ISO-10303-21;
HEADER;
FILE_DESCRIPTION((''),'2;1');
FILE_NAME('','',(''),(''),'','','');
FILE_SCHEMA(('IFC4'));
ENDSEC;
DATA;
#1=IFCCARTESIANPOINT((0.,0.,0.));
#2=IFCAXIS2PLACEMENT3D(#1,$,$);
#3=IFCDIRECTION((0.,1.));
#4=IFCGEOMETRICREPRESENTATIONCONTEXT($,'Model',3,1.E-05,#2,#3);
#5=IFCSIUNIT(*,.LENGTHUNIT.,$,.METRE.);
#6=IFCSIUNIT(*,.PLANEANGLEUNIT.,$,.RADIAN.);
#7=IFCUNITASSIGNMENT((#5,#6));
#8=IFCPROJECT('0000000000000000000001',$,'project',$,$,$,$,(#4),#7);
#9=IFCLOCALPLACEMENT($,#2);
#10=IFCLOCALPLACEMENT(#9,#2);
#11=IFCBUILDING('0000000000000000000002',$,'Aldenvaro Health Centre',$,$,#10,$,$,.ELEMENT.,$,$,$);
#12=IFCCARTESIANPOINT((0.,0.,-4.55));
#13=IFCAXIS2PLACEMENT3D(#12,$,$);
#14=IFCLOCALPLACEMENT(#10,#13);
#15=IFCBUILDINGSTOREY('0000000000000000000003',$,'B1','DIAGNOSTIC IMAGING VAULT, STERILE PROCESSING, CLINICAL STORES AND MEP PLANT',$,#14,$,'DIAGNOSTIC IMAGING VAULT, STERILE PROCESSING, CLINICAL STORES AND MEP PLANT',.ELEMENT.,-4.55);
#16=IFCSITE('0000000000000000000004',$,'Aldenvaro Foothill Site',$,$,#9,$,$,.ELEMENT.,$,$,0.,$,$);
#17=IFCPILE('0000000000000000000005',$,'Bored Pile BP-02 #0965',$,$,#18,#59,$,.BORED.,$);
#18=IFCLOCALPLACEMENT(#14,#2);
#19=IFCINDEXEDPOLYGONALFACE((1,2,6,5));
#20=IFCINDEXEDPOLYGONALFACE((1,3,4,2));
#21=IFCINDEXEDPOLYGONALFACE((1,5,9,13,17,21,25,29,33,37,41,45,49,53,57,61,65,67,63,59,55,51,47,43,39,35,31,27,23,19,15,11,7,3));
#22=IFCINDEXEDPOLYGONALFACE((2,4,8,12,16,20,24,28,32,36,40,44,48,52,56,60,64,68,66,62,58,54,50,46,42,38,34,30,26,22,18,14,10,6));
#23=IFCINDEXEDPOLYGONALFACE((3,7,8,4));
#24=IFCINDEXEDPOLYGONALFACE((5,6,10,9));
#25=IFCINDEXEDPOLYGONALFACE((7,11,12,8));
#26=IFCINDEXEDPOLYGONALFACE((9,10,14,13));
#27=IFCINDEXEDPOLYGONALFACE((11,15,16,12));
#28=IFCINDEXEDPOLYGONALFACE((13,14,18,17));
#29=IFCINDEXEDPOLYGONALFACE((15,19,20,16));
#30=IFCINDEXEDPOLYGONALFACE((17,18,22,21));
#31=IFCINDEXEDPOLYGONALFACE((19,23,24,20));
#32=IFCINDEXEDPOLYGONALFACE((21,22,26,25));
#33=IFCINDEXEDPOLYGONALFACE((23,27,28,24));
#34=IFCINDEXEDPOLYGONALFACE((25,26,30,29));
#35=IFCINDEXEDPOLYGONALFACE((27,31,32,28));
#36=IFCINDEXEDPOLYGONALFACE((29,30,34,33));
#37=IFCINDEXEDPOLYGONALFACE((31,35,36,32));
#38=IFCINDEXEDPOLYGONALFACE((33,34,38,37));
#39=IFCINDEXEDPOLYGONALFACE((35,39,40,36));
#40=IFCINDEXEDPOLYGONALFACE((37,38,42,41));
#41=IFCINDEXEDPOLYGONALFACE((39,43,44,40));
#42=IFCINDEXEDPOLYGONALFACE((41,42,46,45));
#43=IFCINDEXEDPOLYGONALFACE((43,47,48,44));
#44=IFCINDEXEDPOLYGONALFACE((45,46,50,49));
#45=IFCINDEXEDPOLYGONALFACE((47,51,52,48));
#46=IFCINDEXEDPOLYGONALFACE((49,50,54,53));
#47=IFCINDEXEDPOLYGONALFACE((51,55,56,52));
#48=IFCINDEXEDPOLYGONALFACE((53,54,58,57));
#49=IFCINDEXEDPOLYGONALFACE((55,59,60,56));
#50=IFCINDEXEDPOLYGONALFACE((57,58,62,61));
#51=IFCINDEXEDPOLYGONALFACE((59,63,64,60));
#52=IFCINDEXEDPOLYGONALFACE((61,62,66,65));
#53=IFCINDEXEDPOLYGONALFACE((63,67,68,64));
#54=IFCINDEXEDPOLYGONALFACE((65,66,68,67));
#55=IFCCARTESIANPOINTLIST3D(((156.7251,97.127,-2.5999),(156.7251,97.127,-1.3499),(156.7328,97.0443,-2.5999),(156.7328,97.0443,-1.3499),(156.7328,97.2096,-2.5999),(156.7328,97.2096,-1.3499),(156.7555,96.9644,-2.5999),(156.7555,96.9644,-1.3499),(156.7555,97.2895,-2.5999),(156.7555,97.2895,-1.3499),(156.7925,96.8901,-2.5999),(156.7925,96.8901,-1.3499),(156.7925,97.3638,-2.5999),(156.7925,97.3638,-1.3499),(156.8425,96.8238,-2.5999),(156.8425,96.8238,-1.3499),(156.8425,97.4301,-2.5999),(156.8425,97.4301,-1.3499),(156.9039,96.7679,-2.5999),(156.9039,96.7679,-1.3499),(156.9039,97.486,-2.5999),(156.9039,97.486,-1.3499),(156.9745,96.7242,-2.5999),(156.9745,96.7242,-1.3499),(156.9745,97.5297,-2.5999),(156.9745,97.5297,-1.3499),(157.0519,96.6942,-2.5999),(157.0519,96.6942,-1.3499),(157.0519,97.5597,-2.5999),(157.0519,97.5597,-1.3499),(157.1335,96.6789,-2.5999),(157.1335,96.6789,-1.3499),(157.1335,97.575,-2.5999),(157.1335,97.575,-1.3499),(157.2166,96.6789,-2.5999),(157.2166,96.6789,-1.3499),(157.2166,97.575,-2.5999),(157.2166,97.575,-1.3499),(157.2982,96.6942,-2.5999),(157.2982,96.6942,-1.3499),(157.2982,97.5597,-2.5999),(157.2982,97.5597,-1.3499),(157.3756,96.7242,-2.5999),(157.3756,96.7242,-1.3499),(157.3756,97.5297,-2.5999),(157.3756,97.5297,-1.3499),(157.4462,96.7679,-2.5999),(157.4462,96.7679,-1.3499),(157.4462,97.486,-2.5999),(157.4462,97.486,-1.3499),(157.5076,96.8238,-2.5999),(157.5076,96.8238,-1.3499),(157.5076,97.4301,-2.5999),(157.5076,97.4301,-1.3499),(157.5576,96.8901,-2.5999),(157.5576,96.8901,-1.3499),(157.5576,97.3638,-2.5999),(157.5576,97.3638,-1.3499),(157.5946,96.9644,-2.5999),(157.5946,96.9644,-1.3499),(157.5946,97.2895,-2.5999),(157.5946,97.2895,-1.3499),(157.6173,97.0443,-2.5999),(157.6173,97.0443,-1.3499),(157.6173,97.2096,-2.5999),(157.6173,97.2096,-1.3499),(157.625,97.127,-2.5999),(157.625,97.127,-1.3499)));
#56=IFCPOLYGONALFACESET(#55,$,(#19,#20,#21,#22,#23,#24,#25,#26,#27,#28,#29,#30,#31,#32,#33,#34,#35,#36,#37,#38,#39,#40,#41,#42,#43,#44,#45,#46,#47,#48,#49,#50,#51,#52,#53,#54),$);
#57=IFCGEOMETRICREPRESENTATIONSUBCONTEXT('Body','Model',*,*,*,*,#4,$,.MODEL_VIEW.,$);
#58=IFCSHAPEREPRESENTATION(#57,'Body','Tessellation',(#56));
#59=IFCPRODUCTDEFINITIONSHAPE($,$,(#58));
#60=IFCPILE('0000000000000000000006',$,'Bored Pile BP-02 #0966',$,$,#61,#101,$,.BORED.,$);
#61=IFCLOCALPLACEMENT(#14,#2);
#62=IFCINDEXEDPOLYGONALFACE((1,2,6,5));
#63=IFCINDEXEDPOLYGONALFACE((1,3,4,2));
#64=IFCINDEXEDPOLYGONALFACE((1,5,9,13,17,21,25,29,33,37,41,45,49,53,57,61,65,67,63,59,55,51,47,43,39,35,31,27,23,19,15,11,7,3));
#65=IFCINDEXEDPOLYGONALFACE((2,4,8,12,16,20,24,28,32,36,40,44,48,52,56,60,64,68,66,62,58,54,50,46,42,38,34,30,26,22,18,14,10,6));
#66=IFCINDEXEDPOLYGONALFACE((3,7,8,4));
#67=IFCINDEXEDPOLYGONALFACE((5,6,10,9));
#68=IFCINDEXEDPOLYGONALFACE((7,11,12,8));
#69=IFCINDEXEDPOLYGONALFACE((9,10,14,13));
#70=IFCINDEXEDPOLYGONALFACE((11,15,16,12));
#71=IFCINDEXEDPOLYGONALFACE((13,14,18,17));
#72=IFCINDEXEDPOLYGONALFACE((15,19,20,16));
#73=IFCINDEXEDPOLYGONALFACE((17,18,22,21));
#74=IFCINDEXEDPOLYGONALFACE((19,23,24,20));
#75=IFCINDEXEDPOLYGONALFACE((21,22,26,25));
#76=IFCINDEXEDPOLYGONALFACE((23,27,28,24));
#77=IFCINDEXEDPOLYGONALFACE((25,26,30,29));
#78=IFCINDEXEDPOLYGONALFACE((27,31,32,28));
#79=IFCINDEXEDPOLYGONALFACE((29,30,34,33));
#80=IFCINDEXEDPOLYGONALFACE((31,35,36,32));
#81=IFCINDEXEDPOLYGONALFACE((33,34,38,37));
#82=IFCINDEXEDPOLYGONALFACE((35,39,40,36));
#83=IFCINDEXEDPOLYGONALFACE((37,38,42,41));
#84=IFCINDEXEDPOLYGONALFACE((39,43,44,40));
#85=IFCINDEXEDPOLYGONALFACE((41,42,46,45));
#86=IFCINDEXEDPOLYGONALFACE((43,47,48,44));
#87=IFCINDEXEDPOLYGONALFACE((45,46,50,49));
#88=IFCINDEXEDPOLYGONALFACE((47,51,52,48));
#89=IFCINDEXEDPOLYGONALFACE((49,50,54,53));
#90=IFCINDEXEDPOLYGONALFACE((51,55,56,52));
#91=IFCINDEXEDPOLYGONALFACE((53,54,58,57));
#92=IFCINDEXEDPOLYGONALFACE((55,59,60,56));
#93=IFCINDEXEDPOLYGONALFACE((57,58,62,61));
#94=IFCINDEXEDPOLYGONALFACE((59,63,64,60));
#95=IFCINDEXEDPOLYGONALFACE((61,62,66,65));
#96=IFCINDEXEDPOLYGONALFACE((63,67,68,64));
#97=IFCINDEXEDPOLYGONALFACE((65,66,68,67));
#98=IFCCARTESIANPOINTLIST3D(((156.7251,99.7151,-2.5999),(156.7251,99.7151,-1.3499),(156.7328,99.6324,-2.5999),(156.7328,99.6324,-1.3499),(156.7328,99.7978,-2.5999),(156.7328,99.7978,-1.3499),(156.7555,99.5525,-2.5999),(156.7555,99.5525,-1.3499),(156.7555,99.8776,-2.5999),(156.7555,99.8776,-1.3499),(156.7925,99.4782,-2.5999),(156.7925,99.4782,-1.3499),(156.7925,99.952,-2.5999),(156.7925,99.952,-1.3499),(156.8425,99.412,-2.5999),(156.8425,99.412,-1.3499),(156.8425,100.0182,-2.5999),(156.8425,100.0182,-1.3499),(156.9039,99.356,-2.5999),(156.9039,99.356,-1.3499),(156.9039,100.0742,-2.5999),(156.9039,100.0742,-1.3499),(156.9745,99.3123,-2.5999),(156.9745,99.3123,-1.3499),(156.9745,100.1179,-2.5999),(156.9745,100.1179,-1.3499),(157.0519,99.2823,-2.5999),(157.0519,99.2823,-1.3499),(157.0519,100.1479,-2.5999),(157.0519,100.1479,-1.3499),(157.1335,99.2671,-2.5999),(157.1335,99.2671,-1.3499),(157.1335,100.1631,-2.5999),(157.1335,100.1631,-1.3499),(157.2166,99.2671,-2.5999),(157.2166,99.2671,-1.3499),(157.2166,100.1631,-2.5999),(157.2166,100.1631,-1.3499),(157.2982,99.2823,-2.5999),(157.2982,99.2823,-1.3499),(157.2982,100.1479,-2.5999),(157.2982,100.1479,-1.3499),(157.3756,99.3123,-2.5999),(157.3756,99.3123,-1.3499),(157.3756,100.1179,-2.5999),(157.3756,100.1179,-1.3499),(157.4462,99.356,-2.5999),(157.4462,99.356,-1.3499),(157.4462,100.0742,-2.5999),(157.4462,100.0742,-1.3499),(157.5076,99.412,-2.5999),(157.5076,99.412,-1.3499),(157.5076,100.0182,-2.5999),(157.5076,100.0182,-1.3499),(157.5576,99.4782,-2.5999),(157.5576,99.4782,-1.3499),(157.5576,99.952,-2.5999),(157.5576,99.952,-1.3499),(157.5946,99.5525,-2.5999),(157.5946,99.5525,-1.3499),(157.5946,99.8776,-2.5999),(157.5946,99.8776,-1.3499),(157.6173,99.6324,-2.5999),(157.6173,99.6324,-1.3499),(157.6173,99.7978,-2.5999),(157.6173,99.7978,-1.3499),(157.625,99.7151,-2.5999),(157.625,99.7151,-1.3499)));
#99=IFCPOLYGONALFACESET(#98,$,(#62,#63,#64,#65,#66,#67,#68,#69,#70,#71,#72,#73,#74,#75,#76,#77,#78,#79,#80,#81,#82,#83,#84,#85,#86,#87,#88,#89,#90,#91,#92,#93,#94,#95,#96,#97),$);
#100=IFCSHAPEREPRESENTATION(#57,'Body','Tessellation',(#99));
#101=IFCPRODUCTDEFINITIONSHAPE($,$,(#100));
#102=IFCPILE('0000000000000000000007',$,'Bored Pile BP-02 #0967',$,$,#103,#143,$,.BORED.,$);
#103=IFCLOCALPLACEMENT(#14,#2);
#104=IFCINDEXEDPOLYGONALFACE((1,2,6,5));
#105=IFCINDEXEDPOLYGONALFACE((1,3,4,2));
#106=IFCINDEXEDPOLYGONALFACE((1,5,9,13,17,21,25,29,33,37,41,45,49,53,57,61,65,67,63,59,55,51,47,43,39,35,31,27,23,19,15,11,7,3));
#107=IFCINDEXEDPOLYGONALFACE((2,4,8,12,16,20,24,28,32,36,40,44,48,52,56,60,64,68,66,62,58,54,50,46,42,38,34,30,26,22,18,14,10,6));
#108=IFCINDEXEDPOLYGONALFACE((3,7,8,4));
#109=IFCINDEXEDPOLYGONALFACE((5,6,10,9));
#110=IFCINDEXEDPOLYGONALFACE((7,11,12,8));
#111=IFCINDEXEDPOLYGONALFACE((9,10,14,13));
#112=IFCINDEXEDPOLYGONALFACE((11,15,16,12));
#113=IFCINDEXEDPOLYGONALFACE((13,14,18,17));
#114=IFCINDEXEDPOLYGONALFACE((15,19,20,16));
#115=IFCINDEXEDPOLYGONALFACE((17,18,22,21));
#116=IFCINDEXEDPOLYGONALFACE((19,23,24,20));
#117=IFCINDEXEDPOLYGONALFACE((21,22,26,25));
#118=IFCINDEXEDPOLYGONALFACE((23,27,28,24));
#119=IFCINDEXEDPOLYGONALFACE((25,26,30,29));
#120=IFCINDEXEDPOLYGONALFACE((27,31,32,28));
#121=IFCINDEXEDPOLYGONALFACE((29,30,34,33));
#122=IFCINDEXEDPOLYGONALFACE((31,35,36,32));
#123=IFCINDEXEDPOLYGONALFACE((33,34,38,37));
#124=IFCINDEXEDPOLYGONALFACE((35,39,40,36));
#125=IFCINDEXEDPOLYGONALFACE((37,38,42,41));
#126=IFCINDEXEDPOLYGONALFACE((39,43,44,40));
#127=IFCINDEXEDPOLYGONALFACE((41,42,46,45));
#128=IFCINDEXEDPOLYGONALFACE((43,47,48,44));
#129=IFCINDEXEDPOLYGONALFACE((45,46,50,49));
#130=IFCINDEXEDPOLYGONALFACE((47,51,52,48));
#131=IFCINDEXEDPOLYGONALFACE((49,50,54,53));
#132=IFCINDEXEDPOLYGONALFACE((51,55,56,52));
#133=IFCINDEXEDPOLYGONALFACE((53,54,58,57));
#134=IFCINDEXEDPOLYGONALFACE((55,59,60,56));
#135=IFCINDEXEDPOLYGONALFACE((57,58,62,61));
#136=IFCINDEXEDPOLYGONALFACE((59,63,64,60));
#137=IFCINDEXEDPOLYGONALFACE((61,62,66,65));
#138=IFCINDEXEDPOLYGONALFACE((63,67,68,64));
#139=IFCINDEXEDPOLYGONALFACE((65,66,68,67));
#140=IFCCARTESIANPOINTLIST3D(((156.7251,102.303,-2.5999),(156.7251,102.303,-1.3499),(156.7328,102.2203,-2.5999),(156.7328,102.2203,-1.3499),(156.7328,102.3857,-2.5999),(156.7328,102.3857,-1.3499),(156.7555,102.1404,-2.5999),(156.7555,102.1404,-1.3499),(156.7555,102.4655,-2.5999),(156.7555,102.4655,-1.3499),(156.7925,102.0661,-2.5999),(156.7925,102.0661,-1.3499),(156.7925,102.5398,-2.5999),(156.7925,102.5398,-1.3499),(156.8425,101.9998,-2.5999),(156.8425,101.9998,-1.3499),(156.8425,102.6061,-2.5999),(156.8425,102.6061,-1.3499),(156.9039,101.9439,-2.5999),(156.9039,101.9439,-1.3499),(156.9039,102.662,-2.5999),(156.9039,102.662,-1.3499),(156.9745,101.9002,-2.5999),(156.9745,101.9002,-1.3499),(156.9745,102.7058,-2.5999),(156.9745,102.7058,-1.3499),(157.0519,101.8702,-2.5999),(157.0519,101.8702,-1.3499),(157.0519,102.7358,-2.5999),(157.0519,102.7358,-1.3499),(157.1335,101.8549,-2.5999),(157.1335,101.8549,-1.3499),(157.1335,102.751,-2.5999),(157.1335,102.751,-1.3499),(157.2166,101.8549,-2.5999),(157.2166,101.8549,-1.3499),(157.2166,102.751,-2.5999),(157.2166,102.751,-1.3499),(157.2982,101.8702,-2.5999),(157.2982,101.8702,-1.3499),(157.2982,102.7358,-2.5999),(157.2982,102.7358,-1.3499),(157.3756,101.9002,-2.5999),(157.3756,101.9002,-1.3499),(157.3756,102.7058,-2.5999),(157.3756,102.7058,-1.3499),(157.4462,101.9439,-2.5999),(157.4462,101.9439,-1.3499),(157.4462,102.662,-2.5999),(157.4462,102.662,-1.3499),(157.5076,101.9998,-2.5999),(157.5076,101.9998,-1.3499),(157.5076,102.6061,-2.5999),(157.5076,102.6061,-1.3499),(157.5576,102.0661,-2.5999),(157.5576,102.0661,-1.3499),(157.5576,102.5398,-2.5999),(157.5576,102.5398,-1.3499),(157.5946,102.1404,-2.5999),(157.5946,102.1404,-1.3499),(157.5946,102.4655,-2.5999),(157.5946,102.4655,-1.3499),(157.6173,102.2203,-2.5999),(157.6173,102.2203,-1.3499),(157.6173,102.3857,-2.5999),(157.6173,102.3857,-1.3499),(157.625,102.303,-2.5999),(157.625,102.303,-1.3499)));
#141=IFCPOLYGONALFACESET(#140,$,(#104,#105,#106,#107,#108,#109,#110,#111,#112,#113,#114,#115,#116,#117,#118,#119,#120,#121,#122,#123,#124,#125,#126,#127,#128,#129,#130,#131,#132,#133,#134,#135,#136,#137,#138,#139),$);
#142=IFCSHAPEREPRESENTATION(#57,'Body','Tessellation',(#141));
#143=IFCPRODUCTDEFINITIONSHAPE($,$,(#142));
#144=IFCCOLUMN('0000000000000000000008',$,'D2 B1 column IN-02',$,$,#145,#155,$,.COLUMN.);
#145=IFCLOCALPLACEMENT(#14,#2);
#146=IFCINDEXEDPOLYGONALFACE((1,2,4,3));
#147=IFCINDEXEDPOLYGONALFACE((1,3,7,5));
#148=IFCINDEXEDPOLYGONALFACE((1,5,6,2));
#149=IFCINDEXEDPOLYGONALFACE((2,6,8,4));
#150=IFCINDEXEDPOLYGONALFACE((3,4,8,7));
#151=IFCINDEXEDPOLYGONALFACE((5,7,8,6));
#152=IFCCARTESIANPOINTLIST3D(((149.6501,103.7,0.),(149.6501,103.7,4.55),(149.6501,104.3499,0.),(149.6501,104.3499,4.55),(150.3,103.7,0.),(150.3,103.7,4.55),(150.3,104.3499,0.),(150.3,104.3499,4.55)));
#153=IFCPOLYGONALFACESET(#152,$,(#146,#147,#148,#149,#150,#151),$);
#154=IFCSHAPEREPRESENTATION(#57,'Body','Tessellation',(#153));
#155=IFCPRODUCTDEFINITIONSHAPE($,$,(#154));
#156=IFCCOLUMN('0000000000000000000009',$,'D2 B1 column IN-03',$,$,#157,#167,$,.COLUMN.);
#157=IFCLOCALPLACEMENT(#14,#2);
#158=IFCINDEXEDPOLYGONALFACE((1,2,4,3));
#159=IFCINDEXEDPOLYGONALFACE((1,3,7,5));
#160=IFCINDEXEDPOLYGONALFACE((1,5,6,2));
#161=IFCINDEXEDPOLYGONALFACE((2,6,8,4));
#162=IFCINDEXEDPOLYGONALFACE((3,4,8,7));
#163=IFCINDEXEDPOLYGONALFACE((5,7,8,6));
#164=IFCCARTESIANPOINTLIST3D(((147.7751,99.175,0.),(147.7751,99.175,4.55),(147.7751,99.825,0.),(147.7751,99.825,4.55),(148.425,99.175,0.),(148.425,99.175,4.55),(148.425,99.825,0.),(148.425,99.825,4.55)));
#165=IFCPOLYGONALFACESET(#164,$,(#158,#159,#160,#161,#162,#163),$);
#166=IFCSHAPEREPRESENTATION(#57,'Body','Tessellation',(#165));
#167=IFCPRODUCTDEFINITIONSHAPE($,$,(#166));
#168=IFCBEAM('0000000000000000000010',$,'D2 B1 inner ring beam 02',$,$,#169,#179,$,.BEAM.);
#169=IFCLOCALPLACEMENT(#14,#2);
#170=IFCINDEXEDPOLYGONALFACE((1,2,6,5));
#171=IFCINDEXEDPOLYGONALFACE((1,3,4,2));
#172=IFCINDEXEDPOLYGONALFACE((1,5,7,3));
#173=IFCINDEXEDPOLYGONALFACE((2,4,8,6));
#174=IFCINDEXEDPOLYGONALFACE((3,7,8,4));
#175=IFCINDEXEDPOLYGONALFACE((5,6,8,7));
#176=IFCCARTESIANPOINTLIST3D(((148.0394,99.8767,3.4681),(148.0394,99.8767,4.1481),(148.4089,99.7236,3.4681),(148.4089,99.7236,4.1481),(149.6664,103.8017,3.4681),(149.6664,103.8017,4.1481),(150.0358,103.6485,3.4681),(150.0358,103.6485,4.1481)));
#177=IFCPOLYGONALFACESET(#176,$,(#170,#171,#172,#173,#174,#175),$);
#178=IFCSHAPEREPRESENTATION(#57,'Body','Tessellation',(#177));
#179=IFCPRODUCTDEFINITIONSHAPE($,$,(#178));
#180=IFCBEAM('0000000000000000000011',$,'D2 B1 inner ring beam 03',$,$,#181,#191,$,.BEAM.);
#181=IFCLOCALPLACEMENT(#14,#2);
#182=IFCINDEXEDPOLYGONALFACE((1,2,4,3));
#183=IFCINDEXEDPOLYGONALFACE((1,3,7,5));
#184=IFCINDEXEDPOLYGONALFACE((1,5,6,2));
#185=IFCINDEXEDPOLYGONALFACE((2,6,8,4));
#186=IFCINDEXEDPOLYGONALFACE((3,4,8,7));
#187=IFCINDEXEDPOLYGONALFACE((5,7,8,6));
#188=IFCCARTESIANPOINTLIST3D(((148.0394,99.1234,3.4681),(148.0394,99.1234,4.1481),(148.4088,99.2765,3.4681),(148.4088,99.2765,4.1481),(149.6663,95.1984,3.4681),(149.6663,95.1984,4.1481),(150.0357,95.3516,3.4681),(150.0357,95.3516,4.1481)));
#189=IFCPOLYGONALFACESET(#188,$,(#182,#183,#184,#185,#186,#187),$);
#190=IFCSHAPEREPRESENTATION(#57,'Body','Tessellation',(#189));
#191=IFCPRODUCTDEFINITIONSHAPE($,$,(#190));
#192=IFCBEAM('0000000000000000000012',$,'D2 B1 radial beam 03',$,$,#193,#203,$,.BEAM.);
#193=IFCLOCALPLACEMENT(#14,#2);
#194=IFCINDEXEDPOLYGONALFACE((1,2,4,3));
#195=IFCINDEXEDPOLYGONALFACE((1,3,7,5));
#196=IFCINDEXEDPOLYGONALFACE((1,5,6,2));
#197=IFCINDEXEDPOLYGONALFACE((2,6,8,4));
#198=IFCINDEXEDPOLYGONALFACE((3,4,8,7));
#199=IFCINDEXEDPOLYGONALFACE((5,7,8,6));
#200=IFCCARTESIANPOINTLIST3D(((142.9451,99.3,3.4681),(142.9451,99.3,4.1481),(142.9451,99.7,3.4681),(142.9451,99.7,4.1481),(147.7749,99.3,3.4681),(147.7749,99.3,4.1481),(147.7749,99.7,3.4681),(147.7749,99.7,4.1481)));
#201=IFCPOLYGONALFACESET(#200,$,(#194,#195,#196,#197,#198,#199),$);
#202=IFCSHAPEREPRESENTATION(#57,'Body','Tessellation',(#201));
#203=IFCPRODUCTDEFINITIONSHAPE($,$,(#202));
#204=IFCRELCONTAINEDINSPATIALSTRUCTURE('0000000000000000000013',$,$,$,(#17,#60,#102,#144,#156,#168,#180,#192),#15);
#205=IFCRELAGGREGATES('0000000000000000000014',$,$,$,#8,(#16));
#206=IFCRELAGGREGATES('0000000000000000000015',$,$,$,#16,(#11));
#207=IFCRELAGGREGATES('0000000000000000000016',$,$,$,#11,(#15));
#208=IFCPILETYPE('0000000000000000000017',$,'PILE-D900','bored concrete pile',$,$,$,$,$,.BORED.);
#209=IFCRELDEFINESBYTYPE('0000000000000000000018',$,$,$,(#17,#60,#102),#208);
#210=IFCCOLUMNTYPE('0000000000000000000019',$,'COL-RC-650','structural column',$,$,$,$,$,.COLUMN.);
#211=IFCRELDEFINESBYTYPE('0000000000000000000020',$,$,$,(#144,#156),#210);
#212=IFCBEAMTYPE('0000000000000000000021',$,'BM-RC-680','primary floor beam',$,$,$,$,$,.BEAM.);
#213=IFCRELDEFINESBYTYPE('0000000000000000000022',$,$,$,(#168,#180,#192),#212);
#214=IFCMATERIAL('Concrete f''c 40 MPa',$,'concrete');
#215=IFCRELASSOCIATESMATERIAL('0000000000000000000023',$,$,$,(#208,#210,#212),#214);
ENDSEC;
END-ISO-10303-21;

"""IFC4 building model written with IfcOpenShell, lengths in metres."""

from ifc_helpers import new_model, si_unit, direction, frame, origin, origin_2d, place, context, subcontext, project, spatial, rectangle, circle, extrude, material, material_profile, profile_set, type_object, element, save


model = new_model("IFC4")

# Units and contexts
model_context = context("Model", 3, precision=1e-05, world=origin(), true_north=direction((0.0, 1.0)))
body_context = subcontext(model_context, "Body", "Model", "MODEL_VIEW")
ifc_project = project(units=[si_unit("LENGTHUNIT", "METRE"), si_unit("PLANEANGLEUNIT", "RADIAN")], contexts=[model_context])

# Site, building, storey
site_placement = place(None, origin())
site = spatial("IfcSite", under=ifc_project, at=site_placement, Name="Aldenvaro Foothill Site", CompositionType="ELEMENT", RefElevation=0.0)
building_placement = place(site_placement, origin())
building = spatial("IfcBuilding", under=site, at=building_placement, Name="Aldenvaro Health Centre", CompositionType="ELEMENT")
storey_placement = place(building_placement, frame((0.0, 0.0, -4.55)))
storey = spatial("IfcBuildingStorey", under=building, at=storey_placement, Name="B1", Description="DIAGNOSTIC IMAGING VAULT, STERILE PROCESSING, CLINICAL STORES AND MEP PLANT", LongName="DIAGNOSTIC IMAGING VAULT, STERILE PROCESSING, CLINICAL STORES AND MEP PLANT", CompositionType="ELEMENT", Elevation=-4.55)

# Piles
ifc_material_1 = material(Name="Concrete f'c 40 MPa", Category="concrete")
ifc_material_profile_1 = material_profile(ifc_material_1, circle(Radius=0.45, at=origin_2d()), Name="PILE D900", Category="concrete")
ifc_profile_set_1 = profile_set([ifc_material_profile_1], Name="Concrete f'c 40 MPa")
pile_type = type_object("IfcPileType", Name="PILE-D900", Description="bored concrete pile", PredefinedType="BORED", material=ifc_profile_set_1)
for number, where, z_axis, x_axis, name in (
    (1, (157.175, 97.127, -1.3499), (0.0, 0.0, -1.0), (1.0, 0.0, 0.0), "Bored Pile BP-02 #0965"),
    (2, (157.175, 99.7151, -1.3499), (0.0, 0.0, -1.0), (1.0, 0.0, 0.0), "Bored Pile BP-02 #0966"),
    (3, (157.175, 102.303, -1.3499), (0.0, 0.0, -1.0), (1.0, 0.0, 0.0), "Bored Pile BP-02 #0967"),
):
    element("IfcPile", number, at=place(storey_placement, frame(where, z_axis=z_axis, x_axis=x_axis)), inside=storey, type_object=pile_type, Name=name, PredefinedType="BORED", context=body_context, shape_type="SweptSolid", body=[
        extrude(circle(Radius=0.45, at=origin_2d()), origin(), (0.0, 0.0, 1.0), 1.25),
    ])

# Columns
ifc_material_profile_2 = material_profile(ifc_material_1, rectangle(XDim=0.6499, YDim=0.6499, at=origin_2d()), Name="RC 650x650", Category="concrete")
ifc_profile_set_2 = profile_set([ifc_material_profile_2], Name="Concrete f'c 40 MPa")
column_type = type_object("IfcColumnType", Name="COL-RC-650", Description="structural column", PredefinedType="COLUMN", material=ifc_profile_set_2)
for number, where, z_axis, x_axis, name in (
    (4, (149.9751, 104.0249, 0.0), (0.0, 0.0, 1.0), (1.0, 0.0, 0.0), "D2 B1 column IN-02"),
    (5, (148.1001, 99.5, 0.0), (0.0, 0.0, 1.0), (1.0, 0.0, 0.0), "D2 B1 column IN-03"),
):
    element("IfcColumn", number, at=place(storey_placement, frame(where, z_axis=z_axis, x_axis=x_axis)), inside=storey, type_object=column_type, Name=name, PredefinedType="COLUMN", context=body_context, shape_type="SweptSolid", body=[
        extrude(rectangle(XDim=0.6499, YDim=0.6499, at=origin_2d()), origin(), (0.0, 0.0, 1.0), 4.55),
    ])

# Beams
ifc_material_profile_3 = material_profile(ifc_material_1, rectangle(XDim=0.3999, YDim=0.6799, at=origin_2d()), Name="RC 400x680", Category="concrete")
ifc_profile_set_3 = profile_set([ifc_material_profile_3], Name="Concrete f'c 40 MPa")
beam_type = type_object("IfcBeamType", Name="BM-RC-680", Description="primary floor beam", PredefinedType="BEAM", material=ifc_profile_set_3)
for number, where, z_axis, x_axis, name in (
    (6, (149.8511, 103.7251, 3.8081), (-0.382913, -0.923784, 0.0), (0.923784, -0.382913, 0.0), "D2 B1 inner ring beam 02"),
    (7, (148.2241, 99.2, 3.8081), (0.382913, -0.923784, 0.0), (0.923784, 0.382913, 0.0), "D2 B1 inner ring beam 03"),
):
    element("IfcBeam", number, at=place(storey_placement, frame(where, z_axis=z_axis, x_axis=x_axis)), inside=storey, type_object=beam_type, Name=name, PredefinedType="BEAM", context=body_context, shape_type="SweptSolid", body=[
        extrude(rectangle(XDim=0.3999, YDim=0.6799, at=origin_2d()), origin(), (0.0, 0.0, 1.0), 4.2488),
    ])
beam_placement = place(storey_placement, frame((147.7749, 99.5, 3.8081), z_axis=(-1.0, 0.0, 0.0), x_axis=(0.0, -1.0, 0.0)))
element("IfcBeam", 8, at=beam_placement, inside=storey, type_object=beam_type, Name="D2 B1 radial beam 03", PredefinedType="BEAM", context=body_context, shape_type="SweptSolid", body=[
    extrude(rectangle(XDim=0.3999, YDim=0.6799, at=origin_2d()), origin(), (0.0, 0.0, 1.0), 4.8298),
])

save(model, "model.ifc")
